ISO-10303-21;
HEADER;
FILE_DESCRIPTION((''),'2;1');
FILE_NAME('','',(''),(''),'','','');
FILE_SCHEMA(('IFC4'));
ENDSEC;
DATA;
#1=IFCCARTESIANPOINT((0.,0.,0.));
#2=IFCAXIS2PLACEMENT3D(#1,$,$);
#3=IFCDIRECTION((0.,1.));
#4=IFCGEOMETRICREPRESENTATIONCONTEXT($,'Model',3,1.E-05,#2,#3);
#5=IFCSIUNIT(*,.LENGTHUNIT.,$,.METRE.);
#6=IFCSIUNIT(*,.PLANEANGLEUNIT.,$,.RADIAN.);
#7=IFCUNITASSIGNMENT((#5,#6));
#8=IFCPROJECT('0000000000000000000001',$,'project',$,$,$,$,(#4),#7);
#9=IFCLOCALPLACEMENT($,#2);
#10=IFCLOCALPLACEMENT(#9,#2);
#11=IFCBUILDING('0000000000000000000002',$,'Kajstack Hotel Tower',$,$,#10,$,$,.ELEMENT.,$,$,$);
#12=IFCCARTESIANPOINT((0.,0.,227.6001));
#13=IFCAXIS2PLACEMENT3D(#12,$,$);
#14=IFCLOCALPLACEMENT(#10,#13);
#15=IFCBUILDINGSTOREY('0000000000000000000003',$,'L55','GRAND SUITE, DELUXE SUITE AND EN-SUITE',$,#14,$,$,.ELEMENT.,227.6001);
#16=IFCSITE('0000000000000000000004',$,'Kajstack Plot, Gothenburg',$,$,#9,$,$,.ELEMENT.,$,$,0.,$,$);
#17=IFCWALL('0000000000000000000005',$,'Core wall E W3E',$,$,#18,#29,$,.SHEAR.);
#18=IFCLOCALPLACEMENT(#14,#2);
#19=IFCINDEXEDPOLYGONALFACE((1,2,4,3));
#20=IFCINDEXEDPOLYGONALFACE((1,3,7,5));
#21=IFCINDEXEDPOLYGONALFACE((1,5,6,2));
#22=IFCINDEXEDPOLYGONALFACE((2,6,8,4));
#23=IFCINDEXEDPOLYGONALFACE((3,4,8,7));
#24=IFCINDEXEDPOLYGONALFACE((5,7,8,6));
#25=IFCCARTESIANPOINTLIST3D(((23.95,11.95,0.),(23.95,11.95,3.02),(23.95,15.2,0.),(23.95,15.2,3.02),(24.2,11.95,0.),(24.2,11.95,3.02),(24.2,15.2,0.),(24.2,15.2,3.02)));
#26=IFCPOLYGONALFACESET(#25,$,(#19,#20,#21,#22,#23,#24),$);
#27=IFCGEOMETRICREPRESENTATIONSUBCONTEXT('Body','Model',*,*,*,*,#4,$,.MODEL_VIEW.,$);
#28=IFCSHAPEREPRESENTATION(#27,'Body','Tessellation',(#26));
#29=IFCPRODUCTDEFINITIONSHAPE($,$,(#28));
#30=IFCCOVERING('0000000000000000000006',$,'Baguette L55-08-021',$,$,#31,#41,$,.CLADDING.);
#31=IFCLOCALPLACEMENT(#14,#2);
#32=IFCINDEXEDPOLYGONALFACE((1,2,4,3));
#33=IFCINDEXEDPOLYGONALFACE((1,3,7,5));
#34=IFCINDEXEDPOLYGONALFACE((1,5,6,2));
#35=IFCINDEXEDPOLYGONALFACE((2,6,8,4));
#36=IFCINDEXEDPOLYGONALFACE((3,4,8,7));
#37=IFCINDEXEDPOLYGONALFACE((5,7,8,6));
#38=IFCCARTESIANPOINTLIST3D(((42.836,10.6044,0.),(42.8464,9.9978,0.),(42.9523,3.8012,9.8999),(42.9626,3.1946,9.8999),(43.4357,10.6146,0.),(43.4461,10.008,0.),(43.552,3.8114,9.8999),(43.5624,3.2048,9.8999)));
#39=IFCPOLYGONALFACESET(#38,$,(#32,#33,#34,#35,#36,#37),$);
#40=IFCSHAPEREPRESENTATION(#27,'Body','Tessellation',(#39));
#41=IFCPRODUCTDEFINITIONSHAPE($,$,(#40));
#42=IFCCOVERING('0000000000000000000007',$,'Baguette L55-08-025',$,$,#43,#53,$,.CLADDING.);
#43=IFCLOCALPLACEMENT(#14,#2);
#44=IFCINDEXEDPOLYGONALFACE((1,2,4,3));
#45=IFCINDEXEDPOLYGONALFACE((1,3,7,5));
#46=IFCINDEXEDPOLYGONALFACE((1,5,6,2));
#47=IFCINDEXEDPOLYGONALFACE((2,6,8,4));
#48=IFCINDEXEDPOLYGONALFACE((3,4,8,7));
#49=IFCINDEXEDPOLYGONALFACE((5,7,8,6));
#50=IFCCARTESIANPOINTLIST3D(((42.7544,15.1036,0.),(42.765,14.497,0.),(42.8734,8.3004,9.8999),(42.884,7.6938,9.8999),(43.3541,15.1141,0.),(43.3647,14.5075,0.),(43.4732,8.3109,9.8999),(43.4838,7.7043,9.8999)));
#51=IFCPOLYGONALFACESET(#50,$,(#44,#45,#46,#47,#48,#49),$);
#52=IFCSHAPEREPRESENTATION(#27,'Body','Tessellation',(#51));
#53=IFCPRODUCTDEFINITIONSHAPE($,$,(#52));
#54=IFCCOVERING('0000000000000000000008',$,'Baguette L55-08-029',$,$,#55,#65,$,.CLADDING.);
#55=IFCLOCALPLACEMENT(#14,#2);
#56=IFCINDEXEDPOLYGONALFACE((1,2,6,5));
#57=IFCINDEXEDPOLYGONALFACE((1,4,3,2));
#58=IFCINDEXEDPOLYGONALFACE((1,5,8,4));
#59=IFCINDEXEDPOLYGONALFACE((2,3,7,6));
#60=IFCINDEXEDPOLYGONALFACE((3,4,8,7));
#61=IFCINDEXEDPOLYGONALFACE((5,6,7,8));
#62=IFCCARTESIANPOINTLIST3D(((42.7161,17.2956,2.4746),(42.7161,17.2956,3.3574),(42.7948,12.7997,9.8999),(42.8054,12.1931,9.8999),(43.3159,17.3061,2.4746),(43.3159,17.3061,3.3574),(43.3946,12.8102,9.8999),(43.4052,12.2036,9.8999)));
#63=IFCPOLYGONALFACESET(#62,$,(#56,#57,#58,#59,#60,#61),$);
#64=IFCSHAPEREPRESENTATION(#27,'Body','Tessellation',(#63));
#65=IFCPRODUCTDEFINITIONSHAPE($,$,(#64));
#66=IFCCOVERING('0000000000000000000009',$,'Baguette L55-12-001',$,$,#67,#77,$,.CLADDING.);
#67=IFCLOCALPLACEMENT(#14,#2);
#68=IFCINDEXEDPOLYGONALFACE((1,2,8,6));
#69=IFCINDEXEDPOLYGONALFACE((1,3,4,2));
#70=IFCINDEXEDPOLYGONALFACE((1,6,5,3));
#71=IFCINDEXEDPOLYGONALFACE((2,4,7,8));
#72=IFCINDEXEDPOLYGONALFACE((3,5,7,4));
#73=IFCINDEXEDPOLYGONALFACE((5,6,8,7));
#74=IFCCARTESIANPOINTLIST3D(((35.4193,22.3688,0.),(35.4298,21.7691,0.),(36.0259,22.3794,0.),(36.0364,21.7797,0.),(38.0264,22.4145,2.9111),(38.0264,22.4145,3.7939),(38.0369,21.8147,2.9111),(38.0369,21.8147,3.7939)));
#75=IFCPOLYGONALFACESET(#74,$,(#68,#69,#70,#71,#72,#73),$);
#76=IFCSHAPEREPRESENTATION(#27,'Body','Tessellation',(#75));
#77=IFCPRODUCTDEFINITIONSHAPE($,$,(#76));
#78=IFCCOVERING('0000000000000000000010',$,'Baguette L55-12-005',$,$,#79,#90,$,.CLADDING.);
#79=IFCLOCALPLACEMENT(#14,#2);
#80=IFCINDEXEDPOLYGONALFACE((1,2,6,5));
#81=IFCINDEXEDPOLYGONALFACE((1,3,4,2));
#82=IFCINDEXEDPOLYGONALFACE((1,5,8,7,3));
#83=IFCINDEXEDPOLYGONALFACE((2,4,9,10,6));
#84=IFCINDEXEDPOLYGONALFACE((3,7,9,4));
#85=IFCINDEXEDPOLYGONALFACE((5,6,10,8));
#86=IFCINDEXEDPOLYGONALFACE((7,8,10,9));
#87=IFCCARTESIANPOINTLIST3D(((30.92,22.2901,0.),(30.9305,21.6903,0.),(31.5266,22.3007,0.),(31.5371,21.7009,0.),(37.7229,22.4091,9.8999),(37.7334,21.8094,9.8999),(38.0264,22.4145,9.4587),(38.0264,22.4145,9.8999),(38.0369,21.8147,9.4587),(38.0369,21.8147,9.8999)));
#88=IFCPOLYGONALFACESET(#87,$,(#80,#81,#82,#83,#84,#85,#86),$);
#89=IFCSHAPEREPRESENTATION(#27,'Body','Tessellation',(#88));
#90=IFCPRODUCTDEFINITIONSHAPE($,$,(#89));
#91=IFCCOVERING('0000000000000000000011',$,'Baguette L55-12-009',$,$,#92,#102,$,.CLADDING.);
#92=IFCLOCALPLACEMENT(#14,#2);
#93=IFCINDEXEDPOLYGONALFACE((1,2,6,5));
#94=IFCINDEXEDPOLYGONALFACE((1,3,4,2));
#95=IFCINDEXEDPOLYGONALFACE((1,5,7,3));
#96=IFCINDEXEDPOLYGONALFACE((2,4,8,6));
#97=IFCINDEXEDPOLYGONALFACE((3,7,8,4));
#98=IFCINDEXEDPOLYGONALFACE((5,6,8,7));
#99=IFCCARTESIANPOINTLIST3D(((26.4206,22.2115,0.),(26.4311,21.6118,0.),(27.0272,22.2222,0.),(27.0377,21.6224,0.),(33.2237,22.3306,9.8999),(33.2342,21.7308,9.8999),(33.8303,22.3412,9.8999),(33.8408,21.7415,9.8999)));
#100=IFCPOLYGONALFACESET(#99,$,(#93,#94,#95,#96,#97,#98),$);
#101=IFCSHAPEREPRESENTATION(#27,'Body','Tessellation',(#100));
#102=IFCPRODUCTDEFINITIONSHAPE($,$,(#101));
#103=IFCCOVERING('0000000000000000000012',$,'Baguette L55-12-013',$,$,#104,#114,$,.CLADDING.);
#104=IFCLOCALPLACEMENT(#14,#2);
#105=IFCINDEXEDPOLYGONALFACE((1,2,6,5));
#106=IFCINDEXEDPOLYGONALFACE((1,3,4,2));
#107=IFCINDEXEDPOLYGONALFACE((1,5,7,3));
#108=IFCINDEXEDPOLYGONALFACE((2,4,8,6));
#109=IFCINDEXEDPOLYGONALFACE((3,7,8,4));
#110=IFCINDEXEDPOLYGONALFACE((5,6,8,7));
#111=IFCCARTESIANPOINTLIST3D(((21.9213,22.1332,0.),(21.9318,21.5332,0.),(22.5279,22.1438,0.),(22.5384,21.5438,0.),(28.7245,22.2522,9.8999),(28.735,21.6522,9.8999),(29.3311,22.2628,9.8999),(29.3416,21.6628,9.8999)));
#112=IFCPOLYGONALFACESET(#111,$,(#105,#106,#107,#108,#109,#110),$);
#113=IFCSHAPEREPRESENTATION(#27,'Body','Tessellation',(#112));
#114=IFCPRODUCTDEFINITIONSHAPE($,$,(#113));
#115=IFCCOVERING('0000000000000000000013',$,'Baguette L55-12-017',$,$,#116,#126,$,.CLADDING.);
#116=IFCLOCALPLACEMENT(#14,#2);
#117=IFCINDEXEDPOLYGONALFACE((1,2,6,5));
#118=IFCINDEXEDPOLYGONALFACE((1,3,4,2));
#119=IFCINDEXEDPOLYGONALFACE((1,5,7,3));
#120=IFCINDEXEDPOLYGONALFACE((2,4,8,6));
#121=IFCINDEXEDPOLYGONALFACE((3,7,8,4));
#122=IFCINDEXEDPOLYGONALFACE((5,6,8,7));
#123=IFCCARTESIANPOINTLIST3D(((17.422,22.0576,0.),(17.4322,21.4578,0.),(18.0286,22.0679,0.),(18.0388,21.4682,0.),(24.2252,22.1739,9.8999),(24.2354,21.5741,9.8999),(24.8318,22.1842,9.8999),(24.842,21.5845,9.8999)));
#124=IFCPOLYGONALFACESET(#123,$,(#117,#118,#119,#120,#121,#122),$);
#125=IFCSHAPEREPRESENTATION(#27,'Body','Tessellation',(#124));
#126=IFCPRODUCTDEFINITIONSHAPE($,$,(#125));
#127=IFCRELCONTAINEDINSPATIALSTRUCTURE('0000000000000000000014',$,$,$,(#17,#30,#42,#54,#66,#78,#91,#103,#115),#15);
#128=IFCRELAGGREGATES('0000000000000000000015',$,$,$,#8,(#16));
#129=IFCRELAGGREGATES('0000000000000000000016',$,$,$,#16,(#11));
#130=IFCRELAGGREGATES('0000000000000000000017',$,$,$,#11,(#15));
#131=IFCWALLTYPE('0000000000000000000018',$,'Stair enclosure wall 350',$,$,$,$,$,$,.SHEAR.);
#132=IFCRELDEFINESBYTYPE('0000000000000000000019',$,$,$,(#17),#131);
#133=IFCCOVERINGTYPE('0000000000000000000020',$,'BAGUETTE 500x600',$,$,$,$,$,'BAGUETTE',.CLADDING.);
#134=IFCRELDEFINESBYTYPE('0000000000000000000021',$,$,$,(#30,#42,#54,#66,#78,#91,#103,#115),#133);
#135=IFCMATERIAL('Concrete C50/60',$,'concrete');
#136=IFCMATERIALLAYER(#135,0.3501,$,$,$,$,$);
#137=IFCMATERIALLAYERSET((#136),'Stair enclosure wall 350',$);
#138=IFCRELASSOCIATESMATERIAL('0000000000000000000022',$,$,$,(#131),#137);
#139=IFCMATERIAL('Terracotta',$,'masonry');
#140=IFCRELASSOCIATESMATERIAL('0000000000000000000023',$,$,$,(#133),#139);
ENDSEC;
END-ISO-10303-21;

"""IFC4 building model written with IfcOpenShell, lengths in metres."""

from ifc_helpers import new_model, si_unit, direction, frame, frame_2d, origin, origin_2d, place, context, subcontext, project, spatial, polyline, rectangle, outline, extrude, material, layer, layer_set, material_profile, profile_set, type_object, element, save


model = new_model("IFC4")

# Units and contexts
model_context = context("Model", 3, precision=1e-05, world=origin(), true_north=direction((0.0, 1.0)))
body_context = subcontext(model_context, "Body", "Model", "MODEL_VIEW")
ifc_project = project(units=[si_unit("LENGTHUNIT", "METRE"), si_unit("PLANEANGLEUNIT", "RADIAN")], contexts=[model_context])

# Site, building, storey
site_placement = place(None, origin())
site = spatial("IfcSite", under=ifc_project, at=site_placement, Name="Kajstack Plot, Gothenburg", CompositionType="ELEMENT", RefElevation=0.0)
building_placement = place(site_placement, origin())
building = spatial("IfcBuilding", under=site, at=building_placement, Name="Kajstack Hotel Tower", CompositionType="ELEMENT")
storey_placement = place(building_placement, frame((0.0, 0.0, 227.6001)))
storey = spatial("IfcBuildingStorey", under=building, at=storey_placement, Name="L55", Description="GRAND SUITE, DELUXE SUITE AND EN-SUITE", CompositionType="ELEMENT", Elevation=227.6001)

# Shared definitions
ifc_material_1 = material(Name="Concrete C50/60", Category="concrete")

# Wall
ifc_layer_1 = layer(ifc_material_1, 0.3501)
ifc_layer_set_1 = layer_set([ifc_layer_1], Name="Stair enclosure wall 350")
wall_type_1 = type_object("IfcWallType", Name="Stair enclosure wall 350", PredefinedType="SHEAR", material=ifc_layer_set_1)
wall_1_placement = place(storey_placement, frame((24.075, 11.95, 0.0), z_axis=(0.0, 0.0, 1.0), x_axis=(0.0, 1.0, 0.0)))
element("IfcWall", 1, at=wall_1_placement, inside=storey, type_object=wall_type_1, Name="Core wall E W3E", PredefinedType="SHEAR", context=body_context, shape_type="SweptSolid", body=[
    extrude(rectangle(XDim=3.25, YDim=0.25, at=frame_2d((1.625, 0.0))), origin(), (0.0, 0.0, 1.0), 3.02),
])

# Coverings
ifc_material_2 = material(Name="Terracotta", Category="masonry")
ifc_material_profile = material_profile(ifc_material_2, rectangle(XDim=0.6001, YDim=0.5, at=origin_2d()), Name="Terracotta-clad concrete baguette 500 x 600")
ifc_profile_set = profile_set([ifc_material_profile], Name="Terracotta")
covering_type = type_object("IfcCoveringType", Name="BAGUETTE 500x600", ElementType="BAGUETTE", PredefinedType="CLADDING", material=ifc_profile_set)
for number, where, z_axis, x_axis, name in (
    (2, (42.9626, 3.1946, 0.0), (0.999854, 0.017092, 0.0), (-0.017092, 0.999854, 0.0), "Baguette L55-08-021"),
    (3, (42.884, 7.6938, 0.0), (0.999847, 0.017498, 0.0), (-0.017498, 0.999847, 0.0), "Baguette L55-08-025"),
):
    element("IfcCovering", number, at=place(storey_placement, frame(where, z_axis=z_axis, x_axis=x_axis)), inside=storey, type_object=covering_type, Name=name, PredefinedType="CLADDING", context=body_context, shape_type="SweptSolid", body=[
        extrude(outline(polyline([(0.0, 9.8999), (6.8042, 0.0), (7.4109, 0.0), (0.6067, 9.8999), (0.0, 9.8999)])), origin(), (0.0, 0.0, 1.0), 0.5999),
    ])
covering_1_placement = place(storey_placement, frame((42.8054, 12.1931, 0.0), z_axis=(0.999847, 0.017498, 0.0), x_axis=(-0.017498, 0.999847, 0.0)))
element("IfcCovering", 4, at=covering_1_placement, inside=storey, type_object=covering_type, Name="Baguette L55-08-029", PredefinedType="CLADDING", context=body_context, shape_type="SweptSolid", body=[
    extrude(outline(polyline([(0.0, 9.8999), (5.1033, 2.4746), (5.1033, 3.3574), (0.6067, 9.8999), (0.0, 9.8999)])), origin(), (0.0, 0.0, 1.0), 0.5999),
])
covering_2_placement = place(storey_placement, frame((38.0369, 21.8147, 0.0), z_axis=(-0.017498, 0.999847, 0.0), x_axis=(-0.999847, -0.017498, 0.0)))
element("IfcCovering", 5, at=covering_2_placement, inside=storey, type_object=covering_type, Name="Baguette L55-12-001", PredefinedType="CLADDING", context=body_context, shape_type="SweptSolid", body=[
    extrude(outline(polyline([(2.6074, 0.0), (0.0, 3.7939), (0.0, 2.9111), (2.0007, 0.0), (2.6074, 0.0)])), origin(), (0.0, 0.0, 1.0), 0.5999),
])
covering_3_placement = place(storey_placement, frame((38.0369, 21.8147, 0.0), z_axis=(-0.017498, 0.999847, 0.0), x_axis=(-0.999847, -0.017498, 0.0)))
element("IfcCovering", 6, at=covering_3_placement, inside=storey, type_object=covering_type, Name="Baguette L55-12-005", PredefinedType="CLADDING", context=body_context, shape_type="SweptSolid", body=[
    extrude(outline(polyline([(0.3035, 9.8999), (0.0, 9.8999), (0.0, 9.4587), (6.5007, 0.0), (7.1074, 0.0), (0.3035, 9.8999)])), origin(), (0.0, 0.0, 1.0), 0.5999),
])
covering_4_placement = place(storey_placement, frame((33.8408, 21.7415, 0.0), z_axis=(-0.017498, 0.999847, 0.0), x_axis=(-0.999847, -0.017498, 0.0)))
element("IfcCovering", 7, at=covering_4_placement, inside=storey, type_object=covering_type, Name="Baguette L55-12-009", PredefinedType="CLADDING", context=body_context, shape_type="SweptSolid", body=[
    extrude(outline(polyline([(0.0, 9.8999), (6.8042, 0.0), (7.4109, 0.0), (0.6067, 9.8999), (0.0, 9.8999)])), origin(), (0.0, 0.0, 1.0), 0.5999),
])
covering_5_placement = place(storey_placement, frame((29.3416, 21.6628, 0.0), z_axis=(-0.017491, 0.999847, 0.0), x_axis=(-0.999847, -0.017491, 0.0)))
element("IfcCovering", 8, at=covering_5_placement, inside=storey, type_object=covering_type, Name="Baguette L55-12-013", PredefinedType="CLADDING", context=body_context, shape_type="SweptSolid", body=[
    extrude(outline(polyline([(0.0, 9.8999), (6.8042, 0.0), (7.4109, 0.0), (0.6067, 9.8999), (0.0, 9.8999)])), origin(), (0.0, 0.0, 1.0), 0.6001),
])
covering_6_placement = place(storey_placement, frame((24.842, 21.5845, 0.0), z_axis=(-0.017092, 0.999854, 0.0), x_axis=(-0.999854, -0.017092, 0.0)))
element("IfcCovering", 9, at=covering_6_placement, inside=storey, type_object=covering_type, Name="Baguette L55-12-017", PredefinedType="CLADDING", context=body_context, shape_type="SweptSolid", body=[
    extrude(outline(polyline([(0.0, 9.8999), (6.8042, 0.0), (7.4109, 0.0), (0.6067, 9.8999), (0.0, 9.8999)])), origin(), (0.0, 0.0, 1.0), 0.5999),
])

save(model, "model.ifc")
